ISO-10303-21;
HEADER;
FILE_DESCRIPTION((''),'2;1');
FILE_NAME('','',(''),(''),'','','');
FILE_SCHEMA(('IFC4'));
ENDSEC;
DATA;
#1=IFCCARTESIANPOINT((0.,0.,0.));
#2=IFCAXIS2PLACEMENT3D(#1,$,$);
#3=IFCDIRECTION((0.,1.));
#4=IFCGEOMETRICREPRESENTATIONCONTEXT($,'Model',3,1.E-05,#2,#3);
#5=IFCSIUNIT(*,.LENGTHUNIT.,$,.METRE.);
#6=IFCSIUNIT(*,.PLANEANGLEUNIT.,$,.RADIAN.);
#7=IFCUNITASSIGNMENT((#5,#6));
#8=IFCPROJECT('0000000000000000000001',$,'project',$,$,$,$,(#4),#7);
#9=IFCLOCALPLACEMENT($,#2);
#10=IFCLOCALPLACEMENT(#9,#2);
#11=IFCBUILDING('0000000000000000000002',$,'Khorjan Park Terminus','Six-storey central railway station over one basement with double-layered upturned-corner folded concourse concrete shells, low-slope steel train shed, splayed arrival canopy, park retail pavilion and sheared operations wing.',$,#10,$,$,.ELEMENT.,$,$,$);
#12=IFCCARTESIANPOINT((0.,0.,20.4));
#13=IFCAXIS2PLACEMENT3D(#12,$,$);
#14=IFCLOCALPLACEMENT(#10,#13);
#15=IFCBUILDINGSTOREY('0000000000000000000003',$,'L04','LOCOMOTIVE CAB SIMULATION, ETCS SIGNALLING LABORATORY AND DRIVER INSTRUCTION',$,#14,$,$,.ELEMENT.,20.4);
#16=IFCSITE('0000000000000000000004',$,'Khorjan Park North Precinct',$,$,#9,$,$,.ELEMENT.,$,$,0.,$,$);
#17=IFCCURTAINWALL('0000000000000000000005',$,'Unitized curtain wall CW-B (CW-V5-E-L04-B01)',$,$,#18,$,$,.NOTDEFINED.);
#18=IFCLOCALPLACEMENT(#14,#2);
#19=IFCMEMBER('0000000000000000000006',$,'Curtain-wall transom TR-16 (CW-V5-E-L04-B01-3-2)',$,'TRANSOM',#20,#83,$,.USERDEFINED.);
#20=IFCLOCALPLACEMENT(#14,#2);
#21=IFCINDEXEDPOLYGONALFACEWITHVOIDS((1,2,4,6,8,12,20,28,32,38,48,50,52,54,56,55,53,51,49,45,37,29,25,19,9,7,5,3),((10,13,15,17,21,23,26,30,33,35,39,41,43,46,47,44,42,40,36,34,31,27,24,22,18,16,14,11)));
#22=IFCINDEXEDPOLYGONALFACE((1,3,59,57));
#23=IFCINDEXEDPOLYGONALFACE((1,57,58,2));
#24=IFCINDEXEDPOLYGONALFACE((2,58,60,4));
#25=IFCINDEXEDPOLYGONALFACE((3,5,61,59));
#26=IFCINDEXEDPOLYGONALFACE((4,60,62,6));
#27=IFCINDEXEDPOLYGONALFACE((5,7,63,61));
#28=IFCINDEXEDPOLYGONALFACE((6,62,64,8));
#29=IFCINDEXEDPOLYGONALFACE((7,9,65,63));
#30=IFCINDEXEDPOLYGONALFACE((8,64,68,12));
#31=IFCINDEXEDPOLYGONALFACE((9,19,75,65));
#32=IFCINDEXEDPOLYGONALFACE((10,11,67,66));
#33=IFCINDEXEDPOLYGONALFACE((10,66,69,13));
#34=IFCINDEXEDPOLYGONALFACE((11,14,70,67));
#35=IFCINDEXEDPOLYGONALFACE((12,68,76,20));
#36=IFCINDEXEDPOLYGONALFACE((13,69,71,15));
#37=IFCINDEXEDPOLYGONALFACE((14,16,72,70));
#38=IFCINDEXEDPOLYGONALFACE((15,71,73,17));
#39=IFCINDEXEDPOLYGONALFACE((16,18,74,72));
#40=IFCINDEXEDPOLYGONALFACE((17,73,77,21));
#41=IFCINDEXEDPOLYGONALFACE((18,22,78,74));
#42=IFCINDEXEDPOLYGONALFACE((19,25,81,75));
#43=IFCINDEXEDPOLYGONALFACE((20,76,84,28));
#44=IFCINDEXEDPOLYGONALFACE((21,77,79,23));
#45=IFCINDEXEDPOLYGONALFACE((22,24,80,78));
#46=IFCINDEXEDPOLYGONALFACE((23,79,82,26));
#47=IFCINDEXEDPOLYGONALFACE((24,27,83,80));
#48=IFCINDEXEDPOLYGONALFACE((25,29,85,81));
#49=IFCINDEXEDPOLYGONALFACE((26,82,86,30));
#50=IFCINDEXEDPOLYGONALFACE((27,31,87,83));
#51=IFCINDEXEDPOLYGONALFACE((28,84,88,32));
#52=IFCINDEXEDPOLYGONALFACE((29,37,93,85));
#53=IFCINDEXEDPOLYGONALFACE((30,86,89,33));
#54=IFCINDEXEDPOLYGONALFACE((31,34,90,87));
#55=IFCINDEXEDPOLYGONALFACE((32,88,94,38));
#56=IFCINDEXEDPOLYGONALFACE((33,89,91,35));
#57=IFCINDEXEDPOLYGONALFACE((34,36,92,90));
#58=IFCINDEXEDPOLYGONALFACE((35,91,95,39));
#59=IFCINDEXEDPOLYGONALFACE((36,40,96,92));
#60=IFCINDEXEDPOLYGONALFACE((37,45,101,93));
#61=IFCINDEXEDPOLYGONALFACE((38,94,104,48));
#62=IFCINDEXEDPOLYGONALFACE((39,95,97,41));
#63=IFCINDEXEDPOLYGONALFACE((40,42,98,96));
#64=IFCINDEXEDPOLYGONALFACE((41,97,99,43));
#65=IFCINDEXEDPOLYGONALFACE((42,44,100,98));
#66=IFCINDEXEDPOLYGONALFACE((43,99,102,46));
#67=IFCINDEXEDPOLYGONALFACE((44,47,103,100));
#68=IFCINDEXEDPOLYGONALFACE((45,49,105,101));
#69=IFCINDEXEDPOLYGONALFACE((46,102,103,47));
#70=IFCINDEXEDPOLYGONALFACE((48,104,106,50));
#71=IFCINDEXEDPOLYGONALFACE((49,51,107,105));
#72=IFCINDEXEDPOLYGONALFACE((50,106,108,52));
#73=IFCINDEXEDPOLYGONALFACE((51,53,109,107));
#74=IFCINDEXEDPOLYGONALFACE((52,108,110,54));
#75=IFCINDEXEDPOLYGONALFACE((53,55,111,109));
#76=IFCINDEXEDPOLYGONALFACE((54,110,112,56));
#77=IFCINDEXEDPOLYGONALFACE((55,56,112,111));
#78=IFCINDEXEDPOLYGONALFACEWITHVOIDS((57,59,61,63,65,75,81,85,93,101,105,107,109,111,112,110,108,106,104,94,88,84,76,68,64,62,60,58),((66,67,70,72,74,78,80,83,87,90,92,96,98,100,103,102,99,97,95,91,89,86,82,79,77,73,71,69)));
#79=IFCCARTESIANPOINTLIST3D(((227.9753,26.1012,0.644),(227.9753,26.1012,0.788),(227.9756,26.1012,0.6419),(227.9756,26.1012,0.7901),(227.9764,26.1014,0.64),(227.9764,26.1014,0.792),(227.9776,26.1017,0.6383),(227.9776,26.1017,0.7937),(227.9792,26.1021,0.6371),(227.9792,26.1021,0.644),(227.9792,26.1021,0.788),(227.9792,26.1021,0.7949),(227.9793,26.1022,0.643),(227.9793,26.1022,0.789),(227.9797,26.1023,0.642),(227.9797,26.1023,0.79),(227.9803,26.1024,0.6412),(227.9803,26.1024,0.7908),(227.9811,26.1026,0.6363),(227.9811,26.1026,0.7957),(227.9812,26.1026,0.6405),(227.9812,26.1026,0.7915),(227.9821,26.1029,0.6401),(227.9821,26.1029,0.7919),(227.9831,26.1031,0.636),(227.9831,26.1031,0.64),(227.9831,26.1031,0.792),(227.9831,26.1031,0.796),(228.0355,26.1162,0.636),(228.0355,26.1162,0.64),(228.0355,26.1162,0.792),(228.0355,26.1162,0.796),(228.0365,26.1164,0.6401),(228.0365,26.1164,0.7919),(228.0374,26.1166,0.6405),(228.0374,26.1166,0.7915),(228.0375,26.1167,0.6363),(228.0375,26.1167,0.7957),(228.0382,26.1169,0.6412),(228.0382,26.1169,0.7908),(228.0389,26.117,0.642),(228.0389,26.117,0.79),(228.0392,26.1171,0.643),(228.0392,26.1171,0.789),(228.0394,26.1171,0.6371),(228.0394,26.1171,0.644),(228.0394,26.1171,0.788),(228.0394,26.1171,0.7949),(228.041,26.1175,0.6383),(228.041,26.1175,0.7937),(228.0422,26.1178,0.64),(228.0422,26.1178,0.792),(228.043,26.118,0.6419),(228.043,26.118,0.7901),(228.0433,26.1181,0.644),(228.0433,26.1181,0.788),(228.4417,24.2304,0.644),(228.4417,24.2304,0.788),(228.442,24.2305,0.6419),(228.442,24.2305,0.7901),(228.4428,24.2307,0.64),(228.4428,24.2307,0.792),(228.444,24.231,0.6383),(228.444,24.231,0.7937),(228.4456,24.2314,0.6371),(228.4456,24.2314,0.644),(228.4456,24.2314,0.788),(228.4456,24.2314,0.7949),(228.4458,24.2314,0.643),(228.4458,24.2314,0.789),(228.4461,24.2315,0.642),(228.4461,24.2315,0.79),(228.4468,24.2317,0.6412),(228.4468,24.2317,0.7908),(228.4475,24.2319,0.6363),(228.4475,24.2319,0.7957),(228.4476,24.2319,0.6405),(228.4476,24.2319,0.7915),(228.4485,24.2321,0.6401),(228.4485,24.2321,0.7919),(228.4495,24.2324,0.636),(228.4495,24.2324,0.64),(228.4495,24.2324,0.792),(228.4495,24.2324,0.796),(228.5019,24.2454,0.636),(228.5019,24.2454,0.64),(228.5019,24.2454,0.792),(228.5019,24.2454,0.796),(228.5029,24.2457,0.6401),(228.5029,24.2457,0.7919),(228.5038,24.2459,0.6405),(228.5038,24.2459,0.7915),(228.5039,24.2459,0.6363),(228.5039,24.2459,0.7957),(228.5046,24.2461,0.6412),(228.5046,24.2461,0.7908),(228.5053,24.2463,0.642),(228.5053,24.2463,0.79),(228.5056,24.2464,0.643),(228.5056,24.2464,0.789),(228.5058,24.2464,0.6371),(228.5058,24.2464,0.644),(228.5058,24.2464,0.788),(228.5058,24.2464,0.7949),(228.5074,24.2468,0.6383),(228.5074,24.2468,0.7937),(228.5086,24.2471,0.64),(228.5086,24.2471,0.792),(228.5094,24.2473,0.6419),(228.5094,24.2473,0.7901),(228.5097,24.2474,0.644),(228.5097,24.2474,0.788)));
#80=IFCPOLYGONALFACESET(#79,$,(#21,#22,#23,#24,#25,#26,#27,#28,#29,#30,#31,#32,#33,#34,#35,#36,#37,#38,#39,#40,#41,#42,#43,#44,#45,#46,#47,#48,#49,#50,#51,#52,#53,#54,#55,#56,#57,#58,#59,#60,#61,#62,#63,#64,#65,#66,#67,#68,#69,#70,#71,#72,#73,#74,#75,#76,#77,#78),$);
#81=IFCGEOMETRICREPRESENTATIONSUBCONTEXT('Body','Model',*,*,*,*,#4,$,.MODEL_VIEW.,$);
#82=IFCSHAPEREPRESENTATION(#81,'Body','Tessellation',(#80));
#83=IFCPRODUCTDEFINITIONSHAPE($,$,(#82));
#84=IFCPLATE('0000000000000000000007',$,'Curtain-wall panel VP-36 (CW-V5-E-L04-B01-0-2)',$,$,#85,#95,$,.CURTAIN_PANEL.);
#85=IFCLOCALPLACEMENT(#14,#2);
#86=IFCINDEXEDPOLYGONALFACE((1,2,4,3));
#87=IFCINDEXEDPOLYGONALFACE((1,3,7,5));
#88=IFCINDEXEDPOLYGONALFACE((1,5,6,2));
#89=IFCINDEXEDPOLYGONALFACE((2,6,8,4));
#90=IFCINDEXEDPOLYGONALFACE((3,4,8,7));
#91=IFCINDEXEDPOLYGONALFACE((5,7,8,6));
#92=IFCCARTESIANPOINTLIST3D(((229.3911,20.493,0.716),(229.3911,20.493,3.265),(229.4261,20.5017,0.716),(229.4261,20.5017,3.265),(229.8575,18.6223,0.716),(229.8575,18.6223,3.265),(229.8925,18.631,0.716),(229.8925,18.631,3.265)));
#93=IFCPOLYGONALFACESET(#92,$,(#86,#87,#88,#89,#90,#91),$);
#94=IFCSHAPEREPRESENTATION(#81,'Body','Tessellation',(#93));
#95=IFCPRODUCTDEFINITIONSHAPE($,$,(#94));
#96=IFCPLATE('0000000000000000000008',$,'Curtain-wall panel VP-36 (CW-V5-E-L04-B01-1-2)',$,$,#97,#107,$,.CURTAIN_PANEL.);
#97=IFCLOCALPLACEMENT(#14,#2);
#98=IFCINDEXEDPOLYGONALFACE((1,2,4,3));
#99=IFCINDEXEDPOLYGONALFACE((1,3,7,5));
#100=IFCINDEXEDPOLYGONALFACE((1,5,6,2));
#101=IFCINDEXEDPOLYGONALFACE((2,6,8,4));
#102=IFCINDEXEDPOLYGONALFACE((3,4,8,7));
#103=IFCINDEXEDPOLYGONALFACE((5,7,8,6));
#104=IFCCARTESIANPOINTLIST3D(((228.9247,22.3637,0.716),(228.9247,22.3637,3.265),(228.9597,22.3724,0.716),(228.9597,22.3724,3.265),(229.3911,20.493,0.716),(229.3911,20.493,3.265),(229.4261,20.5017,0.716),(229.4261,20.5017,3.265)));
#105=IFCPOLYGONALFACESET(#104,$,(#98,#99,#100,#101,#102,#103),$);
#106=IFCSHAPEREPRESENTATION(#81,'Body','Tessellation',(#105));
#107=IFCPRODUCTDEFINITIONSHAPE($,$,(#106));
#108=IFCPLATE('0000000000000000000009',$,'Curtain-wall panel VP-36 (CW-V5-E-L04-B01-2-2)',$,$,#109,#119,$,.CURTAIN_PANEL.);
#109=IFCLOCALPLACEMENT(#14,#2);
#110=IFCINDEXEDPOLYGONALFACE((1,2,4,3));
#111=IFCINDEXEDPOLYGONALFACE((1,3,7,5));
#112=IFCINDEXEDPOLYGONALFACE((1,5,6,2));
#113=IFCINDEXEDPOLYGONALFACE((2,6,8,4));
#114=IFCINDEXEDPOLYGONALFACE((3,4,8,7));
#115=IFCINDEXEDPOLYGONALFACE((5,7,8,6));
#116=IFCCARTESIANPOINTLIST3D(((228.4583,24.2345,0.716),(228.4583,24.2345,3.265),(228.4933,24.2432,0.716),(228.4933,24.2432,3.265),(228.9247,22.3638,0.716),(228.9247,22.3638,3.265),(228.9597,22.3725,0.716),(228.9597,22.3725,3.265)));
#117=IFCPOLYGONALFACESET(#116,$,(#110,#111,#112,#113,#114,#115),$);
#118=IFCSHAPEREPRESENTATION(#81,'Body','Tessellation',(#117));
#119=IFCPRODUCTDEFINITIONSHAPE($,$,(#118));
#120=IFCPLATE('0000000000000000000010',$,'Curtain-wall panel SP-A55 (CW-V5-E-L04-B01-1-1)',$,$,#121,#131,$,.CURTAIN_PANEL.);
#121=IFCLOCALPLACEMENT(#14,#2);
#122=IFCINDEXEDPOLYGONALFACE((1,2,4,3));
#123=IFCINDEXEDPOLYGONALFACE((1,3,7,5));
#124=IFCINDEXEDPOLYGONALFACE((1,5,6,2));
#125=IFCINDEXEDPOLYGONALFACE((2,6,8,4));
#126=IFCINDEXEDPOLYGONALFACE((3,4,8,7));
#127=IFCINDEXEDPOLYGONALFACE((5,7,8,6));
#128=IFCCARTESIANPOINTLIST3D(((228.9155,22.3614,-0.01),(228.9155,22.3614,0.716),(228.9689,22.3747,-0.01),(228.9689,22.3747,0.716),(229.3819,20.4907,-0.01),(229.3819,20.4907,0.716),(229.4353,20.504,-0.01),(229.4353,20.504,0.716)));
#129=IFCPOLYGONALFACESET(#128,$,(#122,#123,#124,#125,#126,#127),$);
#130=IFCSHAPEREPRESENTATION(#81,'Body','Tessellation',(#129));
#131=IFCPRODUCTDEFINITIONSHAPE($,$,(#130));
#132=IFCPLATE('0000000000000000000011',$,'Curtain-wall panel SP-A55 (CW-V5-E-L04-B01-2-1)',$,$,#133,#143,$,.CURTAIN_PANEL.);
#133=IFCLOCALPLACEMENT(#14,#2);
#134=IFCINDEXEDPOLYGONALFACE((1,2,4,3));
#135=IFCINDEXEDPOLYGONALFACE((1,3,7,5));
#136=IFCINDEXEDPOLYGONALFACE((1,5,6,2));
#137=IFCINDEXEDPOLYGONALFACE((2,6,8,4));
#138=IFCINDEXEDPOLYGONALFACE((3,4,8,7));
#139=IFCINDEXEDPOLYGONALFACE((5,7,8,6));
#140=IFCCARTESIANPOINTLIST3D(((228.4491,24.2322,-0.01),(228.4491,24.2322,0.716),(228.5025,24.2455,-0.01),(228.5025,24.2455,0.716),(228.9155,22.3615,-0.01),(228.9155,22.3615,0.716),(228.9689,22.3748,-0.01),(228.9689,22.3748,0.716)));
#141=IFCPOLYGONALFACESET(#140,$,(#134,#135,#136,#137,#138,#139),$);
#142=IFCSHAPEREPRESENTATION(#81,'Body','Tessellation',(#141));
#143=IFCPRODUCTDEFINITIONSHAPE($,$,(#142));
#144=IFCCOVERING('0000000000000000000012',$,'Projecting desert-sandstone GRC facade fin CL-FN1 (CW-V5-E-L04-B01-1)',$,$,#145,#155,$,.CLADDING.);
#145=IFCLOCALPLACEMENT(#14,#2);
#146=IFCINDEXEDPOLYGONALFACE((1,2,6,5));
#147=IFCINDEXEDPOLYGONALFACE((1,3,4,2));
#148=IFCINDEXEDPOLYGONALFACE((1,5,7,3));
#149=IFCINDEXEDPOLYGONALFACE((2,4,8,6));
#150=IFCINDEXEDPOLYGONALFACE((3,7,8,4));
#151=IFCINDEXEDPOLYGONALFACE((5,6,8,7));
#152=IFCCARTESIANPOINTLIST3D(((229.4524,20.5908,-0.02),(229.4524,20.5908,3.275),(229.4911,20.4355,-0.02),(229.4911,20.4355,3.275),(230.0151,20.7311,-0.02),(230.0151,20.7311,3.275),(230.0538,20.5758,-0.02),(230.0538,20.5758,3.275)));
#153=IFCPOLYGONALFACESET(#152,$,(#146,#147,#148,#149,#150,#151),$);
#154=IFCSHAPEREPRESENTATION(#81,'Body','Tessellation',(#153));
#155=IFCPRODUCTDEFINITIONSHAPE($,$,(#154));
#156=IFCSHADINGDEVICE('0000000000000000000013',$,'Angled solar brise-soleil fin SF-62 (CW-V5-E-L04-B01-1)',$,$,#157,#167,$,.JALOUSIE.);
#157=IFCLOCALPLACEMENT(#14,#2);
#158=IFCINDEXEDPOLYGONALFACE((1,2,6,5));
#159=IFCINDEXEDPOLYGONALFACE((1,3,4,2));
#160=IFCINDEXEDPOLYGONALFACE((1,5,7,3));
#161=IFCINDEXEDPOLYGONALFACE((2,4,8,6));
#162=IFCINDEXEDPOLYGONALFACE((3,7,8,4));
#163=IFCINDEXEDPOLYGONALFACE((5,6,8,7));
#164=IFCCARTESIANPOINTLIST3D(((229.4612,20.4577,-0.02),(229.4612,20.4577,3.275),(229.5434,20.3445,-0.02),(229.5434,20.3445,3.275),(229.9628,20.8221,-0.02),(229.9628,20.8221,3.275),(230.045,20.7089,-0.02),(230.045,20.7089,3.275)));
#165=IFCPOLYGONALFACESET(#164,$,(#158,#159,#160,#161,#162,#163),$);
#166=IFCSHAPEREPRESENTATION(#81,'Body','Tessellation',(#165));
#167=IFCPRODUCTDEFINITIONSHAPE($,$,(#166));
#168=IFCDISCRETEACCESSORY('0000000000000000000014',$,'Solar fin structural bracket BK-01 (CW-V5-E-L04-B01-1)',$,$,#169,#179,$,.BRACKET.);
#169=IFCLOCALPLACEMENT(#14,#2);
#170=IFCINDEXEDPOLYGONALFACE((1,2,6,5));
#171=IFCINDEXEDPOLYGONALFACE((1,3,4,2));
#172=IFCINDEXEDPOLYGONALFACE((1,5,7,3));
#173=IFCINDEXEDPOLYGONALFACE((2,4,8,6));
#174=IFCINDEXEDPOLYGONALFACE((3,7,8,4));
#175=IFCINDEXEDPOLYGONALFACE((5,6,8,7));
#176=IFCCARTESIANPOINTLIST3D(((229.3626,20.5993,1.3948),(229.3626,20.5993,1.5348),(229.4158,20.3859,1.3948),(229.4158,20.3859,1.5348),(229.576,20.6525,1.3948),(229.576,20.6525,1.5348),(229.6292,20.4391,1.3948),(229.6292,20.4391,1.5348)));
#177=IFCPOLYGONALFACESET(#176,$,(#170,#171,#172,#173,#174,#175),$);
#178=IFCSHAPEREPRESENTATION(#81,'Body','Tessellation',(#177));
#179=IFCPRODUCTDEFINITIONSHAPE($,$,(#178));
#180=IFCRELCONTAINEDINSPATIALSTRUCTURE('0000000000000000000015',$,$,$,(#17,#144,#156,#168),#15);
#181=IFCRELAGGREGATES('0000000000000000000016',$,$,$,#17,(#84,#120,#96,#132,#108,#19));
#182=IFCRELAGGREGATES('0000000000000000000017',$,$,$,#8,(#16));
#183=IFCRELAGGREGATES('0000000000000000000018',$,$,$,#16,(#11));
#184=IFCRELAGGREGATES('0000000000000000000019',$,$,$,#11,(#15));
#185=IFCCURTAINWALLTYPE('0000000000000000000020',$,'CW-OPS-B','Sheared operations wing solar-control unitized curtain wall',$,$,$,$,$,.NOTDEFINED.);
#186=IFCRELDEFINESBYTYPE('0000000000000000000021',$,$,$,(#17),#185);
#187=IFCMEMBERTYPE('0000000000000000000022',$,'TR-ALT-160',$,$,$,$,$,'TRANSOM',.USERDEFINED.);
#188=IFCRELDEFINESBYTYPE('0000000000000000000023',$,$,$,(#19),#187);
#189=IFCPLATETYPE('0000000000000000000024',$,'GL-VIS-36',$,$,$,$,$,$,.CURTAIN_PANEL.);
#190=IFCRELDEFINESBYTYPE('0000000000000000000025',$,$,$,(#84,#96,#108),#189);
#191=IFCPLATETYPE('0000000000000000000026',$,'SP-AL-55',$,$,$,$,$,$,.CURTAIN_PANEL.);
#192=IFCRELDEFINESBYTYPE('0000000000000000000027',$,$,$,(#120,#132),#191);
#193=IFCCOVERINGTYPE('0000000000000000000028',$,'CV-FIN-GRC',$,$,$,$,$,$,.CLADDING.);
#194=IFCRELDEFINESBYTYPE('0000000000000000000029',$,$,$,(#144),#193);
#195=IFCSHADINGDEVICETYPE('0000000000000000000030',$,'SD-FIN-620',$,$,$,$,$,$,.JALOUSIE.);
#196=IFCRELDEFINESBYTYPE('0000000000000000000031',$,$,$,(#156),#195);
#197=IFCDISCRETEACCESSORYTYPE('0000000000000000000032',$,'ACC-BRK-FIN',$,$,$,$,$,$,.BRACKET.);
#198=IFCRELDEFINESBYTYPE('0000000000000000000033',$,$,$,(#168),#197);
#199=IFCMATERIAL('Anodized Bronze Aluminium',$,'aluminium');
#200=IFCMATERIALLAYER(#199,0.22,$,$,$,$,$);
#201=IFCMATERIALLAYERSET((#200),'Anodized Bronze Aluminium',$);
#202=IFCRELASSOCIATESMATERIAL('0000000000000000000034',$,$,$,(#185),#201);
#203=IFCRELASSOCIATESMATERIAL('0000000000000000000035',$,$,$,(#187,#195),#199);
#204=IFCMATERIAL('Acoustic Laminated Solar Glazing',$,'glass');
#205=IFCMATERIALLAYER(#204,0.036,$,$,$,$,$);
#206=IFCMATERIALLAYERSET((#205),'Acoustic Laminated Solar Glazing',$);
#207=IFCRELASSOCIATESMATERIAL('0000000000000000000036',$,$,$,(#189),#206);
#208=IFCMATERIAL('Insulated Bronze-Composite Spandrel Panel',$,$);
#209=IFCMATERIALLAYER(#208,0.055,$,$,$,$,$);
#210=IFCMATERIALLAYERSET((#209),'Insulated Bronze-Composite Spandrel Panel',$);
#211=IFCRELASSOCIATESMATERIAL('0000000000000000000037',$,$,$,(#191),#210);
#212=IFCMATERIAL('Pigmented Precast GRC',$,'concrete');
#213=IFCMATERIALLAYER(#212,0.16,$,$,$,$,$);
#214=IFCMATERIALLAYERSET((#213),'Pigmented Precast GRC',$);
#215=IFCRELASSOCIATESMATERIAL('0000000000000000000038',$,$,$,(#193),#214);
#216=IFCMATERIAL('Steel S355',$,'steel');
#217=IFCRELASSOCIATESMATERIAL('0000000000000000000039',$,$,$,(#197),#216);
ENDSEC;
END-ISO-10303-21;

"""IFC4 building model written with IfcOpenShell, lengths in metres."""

from ifc_helpers import new_model, si_unit, direction, frame, origin, origin_2d, place, context, subcontext, project, spatial, rectangle, hollow_rectangle, extrude, material, layer, layer_set, material_profile, profile_set, type_object, element, aggregate, save


model = new_model("IFC4")

# Units and contexts
model_context = context("Model", 3, precision=1e-05, world=origin(), true_north=direction((0.0, 1.0)))
body_context = subcontext(model_context, "Body", "Model", "MODEL_VIEW")
ifc_project = project(units=[si_unit("LENGTHUNIT", "METRE"), si_unit("PLANEANGLEUNIT", "RADIAN")], contexts=[model_context])

# Site, building, storey
site_placement = place(None, origin())
site = spatial("IfcSite", under=ifc_project, at=site_placement, Name="Khorjan Park North Precinct", CompositionType="ELEMENT", RefElevation=0.0)
building_placement = place(site_placement, origin())
building = spatial("IfcBuilding", under=site, at=building_placement, Name="Khorjan Park Terminus", Description="Six-storey central railway station over one basement with double-layered upturned-corner folded concourse concrete shells, low-slope steel train shed, splayed arrival canopy, park retail pavilion and sheared operations wing.", CompositionType="ELEMENT")
storey_placement = place(building_placement, frame((0.0, 0.0, 20.4)))
storey = spatial("IfcBuildingStorey", under=building, at=storey_placement, Name="L04", Description="LOCOMOTIVE CAB SIMULATION, ETCS SIGNALLING LABORATORY AND DRIVER INSTRUCTION", CompositionType="ELEMENT", Elevation=20.4)

# Curtain wall, member, plates
ifc_material_1 = material(Name="Anodized Bronze Aluminium", Category="aluminium")
ifc_layer_1 = layer(ifc_material_1, 0.22)
ifc_layer_set_1 = layer_set([ifc_layer_1], Name="Anodized Bronze Aluminium")
curtain_wall_type = type_object("IfcCurtainWallType", Name="CW-OPS-B", Description="Sheared operations wing solar-control unitized curtain wall", PredefinedType="NOTDEFINED", material=ifc_layer_set_1)
curtain_wall_placement = place(storey_placement, origin())
curtain_wall = element("IfcCurtainWall", 1, at=curtain_wall_placement, inside=storey, type_object=curtain_wall_type, Name="Unitized curtain wall CW-B (CW-V5-E-L04-B01)", PredefinedType="NOTDEFINED")
ifc_material_profile_1 = material_profile(ifc_material_1, hollow_rectangle(XDim=0.07, YDim=0.16, WallThickness=0.004, InnerFilletRadius=0.004, OuterFilletRadius=0.008, at=origin_2d()), Name="ALT 70x160x4")
ifc_profile_set_1 = profile_set([ifc_material_profile_1], Name="Anodized Bronze Aluminium")
member_type_1 = type_object("IfcMemberType", Name="TR-ALT-160", ElementType="TRANSOM", PredefinedType="USERDEFINED", material=ifc_profile_set_1)
member_1_placement = place(storey_placement, frame((228.4757, 24.2389, 0.716), z_axis=(-0.241913, 0.970298, 0.0), x_axis=(-0.970298, -0.241913, 0.0)))
member_1 = element("IfcMember", 2, at=member_1_placement, type_object=member_type_1, Name="Curtain-wall transom TR-16 (CW-V5-E-L04-B01-3-2)", ObjectType="TRANSOM", PredefinedType="USERDEFINED", context=body_context, shape_type="SweptSolid", body=[
    extrude(hollow_rectangle(XDim=0.07, YDim=0.16, WallThickness=0.004, InnerFilletRadius=0.004, OuterFilletRadius=0.008, at=origin_2d()), origin(), (0.0, 0.0, 1.0), 1.928),
])
ifc_material_2 = material(Name="Acoustic Laminated Solar Glazing", Category="glass")
ifc_layer_2 = layer(ifc_material_2, 0.036)
ifc_layer_set_2 = layer_set([ifc_layer_2], Name="Acoustic Laminated Solar Glazing")
plate_type_1 = type_object("IfcPlateType", Name="GL-VIS-36", PredefinedType="CURTAIN_PANEL", material=ifc_layer_set_2)
plate_1_placement = place(storey_placement, frame((229.6418, 19.562, 0.716), z_axis=(0.0, 0.0, 1.0), x_axis=(-0.24192, 0.970296, 0.0)))
plate_1 = element("IfcPlate", 3, at=plate_1_placement, type_object=plate_type_1, Name="Curtain-wall panel VP-36 (CW-V5-E-L04-B01-0-2)", PredefinedType="CURTAIN_PANEL", context=body_context, shape_type="SweptSolid", body=[
    extrude(rectangle(XDim=1.928, YDim=0.036, at=origin_2d()), origin(), (0.0, 0.0, 1.0), 2.549),
])
plate_2_placement = place(storey_placement, frame((229.1754, 21.4327, 0.716), z_axis=(0.0, 0.0, 1.0), x_axis=(-0.24192, 0.970296, 0.0)))
plate_2 = element("IfcPlate", 4, at=plate_2_placement, type_object=plate_type_1, Name="Curtain-wall panel VP-36 (CW-V5-E-L04-B01-1-2)", PredefinedType="CURTAIN_PANEL", context=body_context, shape_type="SweptSolid", body=[
    extrude(rectangle(XDim=1.928, YDim=0.036, at=origin_2d()), origin(), (0.0, 0.0, 1.0), 2.549),
])
plate_3_placement = place(storey_placement, frame((228.709, 23.3035, 0.716), z_axis=(0.0, 0.0, 1.0), x_axis=(-0.24192, 0.970296, 0.0)))
plate_3 = element("IfcPlate", 5, at=plate_3_placement, type_object=plate_type_1, Name="Curtain-wall panel VP-36 (CW-V5-E-L04-B01-2-2)", PredefinedType="CURTAIN_PANEL", context=body_context, shape_type="SweptSolid", body=[
    extrude(rectangle(XDim=1.928, YDim=0.036, at=origin_2d()), origin(), (0.0, 0.0, 1.0), 2.549),
])
ifc_material_3 = material(Name="Insulated Bronze-Composite Spandrel Panel")
ifc_layer_3 = layer(ifc_material_3, 0.055)
ifc_layer_set_3 = layer_set([ifc_layer_3], Name="Insulated Bronze-Composite Spandrel Panel")
plate_type_2 = type_object("IfcPlateType", Name="SP-AL-55", PredefinedType="CURTAIN_PANEL", material=ifc_layer_set_3)
plate_4_placement = place(storey_placement, frame((229.1754, 21.4327, -0.01), z_axis=(0.0, 0.0, 1.0), x_axis=(-0.24192, 0.970296, 0.0)))
plate_4 = element("IfcPlate", 6, at=plate_4_placement, type_object=plate_type_2, Name="Curtain-wall panel SP-A55 (CW-V5-E-L04-B01-1-1)", PredefinedType="CURTAIN_PANEL", context=body_context, shape_type="SweptSolid", body=[
    extrude(rectangle(XDim=1.928, YDim=0.055, at=origin_2d()), origin(), (0.0, 0.0, 1.0), 0.726),
])
plate_5_placement = place(storey_placement, frame((228.709, 23.3035, -0.01), z_axis=(0.0, 0.0, 1.0), x_axis=(-0.24192, 0.970296, 0.0)))
plate_5 = element("IfcPlate", 7, at=plate_5_placement, type_object=plate_type_2, Name="Curtain-wall panel SP-A55 (CW-V5-E-L04-B01-2-1)", PredefinedType="CURTAIN_PANEL", context=body_context, shape_type="SweptSolid", body=[
    extrude(rectangle(XDim=1.928, YDim=0.055, at=origin_2d()), origin(), (0.0, 0.0, 1.0), 0.726),
])
aggregate(curtain_wall, [plate_1, plate_4, plate_2, plate_5, plate_3, member_1])

# Covering
ifc_material_4 = material(Name="Pigmented Precast GRC", Category="concrete")
ifc_layer_4 = layer(ifc_material_4, 0.16)
ifc_layer_set_4 = layer_set([ifc_layer_4], Name="Pigmented Precast GRC")
covering_type = type_object("IfcCoveringType", Name="CV-FIN-GRC", PredefinedType="CLADDING", material=ifc_layer_set_4)
covering_placement = place(storey_placement, frame((229.7531, 20.5833, -0.02), z_axis=(0.0, 0.0, 1.0), x_axis=(-0.970296, -0.241922, 0.0)))
element("IfcCovering", 8, at=covering_placement, inside=storey, type_object=covering_type, Name="Projecting desert-sandstone GRC facade fin CL-FN1 (CW-V5-E-L04-B01-1)", PredefinedType="CLADDING", context=body_context, shape_type="SweptSolid", body=[
    extrude(rectangle(XDim=0.58, YDim=0.16, at=origin_2d()), origin(), (0.0, 0.0, 1.0), 3.295),
])

# Shading device
shading_device_type = type_object("IfcShadingDeviceType", Name="SD-FIN-620", PredefinedType="JALOUSIE", material=ifc_material_1)
shading_device_placement = place(storey_placement, frame((229.7531, 20.5833, -0.02), z_axis=(0.0, 0.0, 1.0), x_axis=(-0.809017, -0.587785, 0.0)))
element("IfcShadingDevice", 9, at=shading_device_placement, inside=storey, type_object=shading_device_type, Name="Angled solar brise-soleil fin SF-62 (CW-V5-E-L04-B01-1)", PredefinedType="JALOUSIE", context=body_context, shape_type="SweptSolid", body=[
    extrude(rectangle(XDim=0.62, YDim=0.14, at=origin_2d()), origin(), (0.0, 0.0, 1.0), 3.295),
])

# Discrete accessory
ifc_material_5 = material(Name="Steel S355", Category="steel")
discrete_accessory_type = type_object("IfcDiscreteAccessoryType", Name="ACC-BRK-FIN", PredefinedType="BRACKET", material=ifc_material_5)
discrete_accessory_placement = place(storey_placement, frame((229.4959, 20.5192, 1.3948), z_axis=(0.0, 0.0, 1.0), x_axis=(-0.24192, 0.970296, 0.0)))
element("IfcDiscreteAccessory", 10, at=discrete_accessory_placement, inside=storey, type_object=discrete_accessory_type, Name="Solar fin structural bracket BK-01 (CW-V5-E-L04-B01-1)", PredefinedType="BRACKET", context=body_context, shape_type="SweptSolid", body=[
    extrude(rectangle(XDim=0.22, YDim=0.22, at=origin_2d()), origin(), (0.0, 0.0, 1.0), 0.14),
])

save(model, "model.ifc")
